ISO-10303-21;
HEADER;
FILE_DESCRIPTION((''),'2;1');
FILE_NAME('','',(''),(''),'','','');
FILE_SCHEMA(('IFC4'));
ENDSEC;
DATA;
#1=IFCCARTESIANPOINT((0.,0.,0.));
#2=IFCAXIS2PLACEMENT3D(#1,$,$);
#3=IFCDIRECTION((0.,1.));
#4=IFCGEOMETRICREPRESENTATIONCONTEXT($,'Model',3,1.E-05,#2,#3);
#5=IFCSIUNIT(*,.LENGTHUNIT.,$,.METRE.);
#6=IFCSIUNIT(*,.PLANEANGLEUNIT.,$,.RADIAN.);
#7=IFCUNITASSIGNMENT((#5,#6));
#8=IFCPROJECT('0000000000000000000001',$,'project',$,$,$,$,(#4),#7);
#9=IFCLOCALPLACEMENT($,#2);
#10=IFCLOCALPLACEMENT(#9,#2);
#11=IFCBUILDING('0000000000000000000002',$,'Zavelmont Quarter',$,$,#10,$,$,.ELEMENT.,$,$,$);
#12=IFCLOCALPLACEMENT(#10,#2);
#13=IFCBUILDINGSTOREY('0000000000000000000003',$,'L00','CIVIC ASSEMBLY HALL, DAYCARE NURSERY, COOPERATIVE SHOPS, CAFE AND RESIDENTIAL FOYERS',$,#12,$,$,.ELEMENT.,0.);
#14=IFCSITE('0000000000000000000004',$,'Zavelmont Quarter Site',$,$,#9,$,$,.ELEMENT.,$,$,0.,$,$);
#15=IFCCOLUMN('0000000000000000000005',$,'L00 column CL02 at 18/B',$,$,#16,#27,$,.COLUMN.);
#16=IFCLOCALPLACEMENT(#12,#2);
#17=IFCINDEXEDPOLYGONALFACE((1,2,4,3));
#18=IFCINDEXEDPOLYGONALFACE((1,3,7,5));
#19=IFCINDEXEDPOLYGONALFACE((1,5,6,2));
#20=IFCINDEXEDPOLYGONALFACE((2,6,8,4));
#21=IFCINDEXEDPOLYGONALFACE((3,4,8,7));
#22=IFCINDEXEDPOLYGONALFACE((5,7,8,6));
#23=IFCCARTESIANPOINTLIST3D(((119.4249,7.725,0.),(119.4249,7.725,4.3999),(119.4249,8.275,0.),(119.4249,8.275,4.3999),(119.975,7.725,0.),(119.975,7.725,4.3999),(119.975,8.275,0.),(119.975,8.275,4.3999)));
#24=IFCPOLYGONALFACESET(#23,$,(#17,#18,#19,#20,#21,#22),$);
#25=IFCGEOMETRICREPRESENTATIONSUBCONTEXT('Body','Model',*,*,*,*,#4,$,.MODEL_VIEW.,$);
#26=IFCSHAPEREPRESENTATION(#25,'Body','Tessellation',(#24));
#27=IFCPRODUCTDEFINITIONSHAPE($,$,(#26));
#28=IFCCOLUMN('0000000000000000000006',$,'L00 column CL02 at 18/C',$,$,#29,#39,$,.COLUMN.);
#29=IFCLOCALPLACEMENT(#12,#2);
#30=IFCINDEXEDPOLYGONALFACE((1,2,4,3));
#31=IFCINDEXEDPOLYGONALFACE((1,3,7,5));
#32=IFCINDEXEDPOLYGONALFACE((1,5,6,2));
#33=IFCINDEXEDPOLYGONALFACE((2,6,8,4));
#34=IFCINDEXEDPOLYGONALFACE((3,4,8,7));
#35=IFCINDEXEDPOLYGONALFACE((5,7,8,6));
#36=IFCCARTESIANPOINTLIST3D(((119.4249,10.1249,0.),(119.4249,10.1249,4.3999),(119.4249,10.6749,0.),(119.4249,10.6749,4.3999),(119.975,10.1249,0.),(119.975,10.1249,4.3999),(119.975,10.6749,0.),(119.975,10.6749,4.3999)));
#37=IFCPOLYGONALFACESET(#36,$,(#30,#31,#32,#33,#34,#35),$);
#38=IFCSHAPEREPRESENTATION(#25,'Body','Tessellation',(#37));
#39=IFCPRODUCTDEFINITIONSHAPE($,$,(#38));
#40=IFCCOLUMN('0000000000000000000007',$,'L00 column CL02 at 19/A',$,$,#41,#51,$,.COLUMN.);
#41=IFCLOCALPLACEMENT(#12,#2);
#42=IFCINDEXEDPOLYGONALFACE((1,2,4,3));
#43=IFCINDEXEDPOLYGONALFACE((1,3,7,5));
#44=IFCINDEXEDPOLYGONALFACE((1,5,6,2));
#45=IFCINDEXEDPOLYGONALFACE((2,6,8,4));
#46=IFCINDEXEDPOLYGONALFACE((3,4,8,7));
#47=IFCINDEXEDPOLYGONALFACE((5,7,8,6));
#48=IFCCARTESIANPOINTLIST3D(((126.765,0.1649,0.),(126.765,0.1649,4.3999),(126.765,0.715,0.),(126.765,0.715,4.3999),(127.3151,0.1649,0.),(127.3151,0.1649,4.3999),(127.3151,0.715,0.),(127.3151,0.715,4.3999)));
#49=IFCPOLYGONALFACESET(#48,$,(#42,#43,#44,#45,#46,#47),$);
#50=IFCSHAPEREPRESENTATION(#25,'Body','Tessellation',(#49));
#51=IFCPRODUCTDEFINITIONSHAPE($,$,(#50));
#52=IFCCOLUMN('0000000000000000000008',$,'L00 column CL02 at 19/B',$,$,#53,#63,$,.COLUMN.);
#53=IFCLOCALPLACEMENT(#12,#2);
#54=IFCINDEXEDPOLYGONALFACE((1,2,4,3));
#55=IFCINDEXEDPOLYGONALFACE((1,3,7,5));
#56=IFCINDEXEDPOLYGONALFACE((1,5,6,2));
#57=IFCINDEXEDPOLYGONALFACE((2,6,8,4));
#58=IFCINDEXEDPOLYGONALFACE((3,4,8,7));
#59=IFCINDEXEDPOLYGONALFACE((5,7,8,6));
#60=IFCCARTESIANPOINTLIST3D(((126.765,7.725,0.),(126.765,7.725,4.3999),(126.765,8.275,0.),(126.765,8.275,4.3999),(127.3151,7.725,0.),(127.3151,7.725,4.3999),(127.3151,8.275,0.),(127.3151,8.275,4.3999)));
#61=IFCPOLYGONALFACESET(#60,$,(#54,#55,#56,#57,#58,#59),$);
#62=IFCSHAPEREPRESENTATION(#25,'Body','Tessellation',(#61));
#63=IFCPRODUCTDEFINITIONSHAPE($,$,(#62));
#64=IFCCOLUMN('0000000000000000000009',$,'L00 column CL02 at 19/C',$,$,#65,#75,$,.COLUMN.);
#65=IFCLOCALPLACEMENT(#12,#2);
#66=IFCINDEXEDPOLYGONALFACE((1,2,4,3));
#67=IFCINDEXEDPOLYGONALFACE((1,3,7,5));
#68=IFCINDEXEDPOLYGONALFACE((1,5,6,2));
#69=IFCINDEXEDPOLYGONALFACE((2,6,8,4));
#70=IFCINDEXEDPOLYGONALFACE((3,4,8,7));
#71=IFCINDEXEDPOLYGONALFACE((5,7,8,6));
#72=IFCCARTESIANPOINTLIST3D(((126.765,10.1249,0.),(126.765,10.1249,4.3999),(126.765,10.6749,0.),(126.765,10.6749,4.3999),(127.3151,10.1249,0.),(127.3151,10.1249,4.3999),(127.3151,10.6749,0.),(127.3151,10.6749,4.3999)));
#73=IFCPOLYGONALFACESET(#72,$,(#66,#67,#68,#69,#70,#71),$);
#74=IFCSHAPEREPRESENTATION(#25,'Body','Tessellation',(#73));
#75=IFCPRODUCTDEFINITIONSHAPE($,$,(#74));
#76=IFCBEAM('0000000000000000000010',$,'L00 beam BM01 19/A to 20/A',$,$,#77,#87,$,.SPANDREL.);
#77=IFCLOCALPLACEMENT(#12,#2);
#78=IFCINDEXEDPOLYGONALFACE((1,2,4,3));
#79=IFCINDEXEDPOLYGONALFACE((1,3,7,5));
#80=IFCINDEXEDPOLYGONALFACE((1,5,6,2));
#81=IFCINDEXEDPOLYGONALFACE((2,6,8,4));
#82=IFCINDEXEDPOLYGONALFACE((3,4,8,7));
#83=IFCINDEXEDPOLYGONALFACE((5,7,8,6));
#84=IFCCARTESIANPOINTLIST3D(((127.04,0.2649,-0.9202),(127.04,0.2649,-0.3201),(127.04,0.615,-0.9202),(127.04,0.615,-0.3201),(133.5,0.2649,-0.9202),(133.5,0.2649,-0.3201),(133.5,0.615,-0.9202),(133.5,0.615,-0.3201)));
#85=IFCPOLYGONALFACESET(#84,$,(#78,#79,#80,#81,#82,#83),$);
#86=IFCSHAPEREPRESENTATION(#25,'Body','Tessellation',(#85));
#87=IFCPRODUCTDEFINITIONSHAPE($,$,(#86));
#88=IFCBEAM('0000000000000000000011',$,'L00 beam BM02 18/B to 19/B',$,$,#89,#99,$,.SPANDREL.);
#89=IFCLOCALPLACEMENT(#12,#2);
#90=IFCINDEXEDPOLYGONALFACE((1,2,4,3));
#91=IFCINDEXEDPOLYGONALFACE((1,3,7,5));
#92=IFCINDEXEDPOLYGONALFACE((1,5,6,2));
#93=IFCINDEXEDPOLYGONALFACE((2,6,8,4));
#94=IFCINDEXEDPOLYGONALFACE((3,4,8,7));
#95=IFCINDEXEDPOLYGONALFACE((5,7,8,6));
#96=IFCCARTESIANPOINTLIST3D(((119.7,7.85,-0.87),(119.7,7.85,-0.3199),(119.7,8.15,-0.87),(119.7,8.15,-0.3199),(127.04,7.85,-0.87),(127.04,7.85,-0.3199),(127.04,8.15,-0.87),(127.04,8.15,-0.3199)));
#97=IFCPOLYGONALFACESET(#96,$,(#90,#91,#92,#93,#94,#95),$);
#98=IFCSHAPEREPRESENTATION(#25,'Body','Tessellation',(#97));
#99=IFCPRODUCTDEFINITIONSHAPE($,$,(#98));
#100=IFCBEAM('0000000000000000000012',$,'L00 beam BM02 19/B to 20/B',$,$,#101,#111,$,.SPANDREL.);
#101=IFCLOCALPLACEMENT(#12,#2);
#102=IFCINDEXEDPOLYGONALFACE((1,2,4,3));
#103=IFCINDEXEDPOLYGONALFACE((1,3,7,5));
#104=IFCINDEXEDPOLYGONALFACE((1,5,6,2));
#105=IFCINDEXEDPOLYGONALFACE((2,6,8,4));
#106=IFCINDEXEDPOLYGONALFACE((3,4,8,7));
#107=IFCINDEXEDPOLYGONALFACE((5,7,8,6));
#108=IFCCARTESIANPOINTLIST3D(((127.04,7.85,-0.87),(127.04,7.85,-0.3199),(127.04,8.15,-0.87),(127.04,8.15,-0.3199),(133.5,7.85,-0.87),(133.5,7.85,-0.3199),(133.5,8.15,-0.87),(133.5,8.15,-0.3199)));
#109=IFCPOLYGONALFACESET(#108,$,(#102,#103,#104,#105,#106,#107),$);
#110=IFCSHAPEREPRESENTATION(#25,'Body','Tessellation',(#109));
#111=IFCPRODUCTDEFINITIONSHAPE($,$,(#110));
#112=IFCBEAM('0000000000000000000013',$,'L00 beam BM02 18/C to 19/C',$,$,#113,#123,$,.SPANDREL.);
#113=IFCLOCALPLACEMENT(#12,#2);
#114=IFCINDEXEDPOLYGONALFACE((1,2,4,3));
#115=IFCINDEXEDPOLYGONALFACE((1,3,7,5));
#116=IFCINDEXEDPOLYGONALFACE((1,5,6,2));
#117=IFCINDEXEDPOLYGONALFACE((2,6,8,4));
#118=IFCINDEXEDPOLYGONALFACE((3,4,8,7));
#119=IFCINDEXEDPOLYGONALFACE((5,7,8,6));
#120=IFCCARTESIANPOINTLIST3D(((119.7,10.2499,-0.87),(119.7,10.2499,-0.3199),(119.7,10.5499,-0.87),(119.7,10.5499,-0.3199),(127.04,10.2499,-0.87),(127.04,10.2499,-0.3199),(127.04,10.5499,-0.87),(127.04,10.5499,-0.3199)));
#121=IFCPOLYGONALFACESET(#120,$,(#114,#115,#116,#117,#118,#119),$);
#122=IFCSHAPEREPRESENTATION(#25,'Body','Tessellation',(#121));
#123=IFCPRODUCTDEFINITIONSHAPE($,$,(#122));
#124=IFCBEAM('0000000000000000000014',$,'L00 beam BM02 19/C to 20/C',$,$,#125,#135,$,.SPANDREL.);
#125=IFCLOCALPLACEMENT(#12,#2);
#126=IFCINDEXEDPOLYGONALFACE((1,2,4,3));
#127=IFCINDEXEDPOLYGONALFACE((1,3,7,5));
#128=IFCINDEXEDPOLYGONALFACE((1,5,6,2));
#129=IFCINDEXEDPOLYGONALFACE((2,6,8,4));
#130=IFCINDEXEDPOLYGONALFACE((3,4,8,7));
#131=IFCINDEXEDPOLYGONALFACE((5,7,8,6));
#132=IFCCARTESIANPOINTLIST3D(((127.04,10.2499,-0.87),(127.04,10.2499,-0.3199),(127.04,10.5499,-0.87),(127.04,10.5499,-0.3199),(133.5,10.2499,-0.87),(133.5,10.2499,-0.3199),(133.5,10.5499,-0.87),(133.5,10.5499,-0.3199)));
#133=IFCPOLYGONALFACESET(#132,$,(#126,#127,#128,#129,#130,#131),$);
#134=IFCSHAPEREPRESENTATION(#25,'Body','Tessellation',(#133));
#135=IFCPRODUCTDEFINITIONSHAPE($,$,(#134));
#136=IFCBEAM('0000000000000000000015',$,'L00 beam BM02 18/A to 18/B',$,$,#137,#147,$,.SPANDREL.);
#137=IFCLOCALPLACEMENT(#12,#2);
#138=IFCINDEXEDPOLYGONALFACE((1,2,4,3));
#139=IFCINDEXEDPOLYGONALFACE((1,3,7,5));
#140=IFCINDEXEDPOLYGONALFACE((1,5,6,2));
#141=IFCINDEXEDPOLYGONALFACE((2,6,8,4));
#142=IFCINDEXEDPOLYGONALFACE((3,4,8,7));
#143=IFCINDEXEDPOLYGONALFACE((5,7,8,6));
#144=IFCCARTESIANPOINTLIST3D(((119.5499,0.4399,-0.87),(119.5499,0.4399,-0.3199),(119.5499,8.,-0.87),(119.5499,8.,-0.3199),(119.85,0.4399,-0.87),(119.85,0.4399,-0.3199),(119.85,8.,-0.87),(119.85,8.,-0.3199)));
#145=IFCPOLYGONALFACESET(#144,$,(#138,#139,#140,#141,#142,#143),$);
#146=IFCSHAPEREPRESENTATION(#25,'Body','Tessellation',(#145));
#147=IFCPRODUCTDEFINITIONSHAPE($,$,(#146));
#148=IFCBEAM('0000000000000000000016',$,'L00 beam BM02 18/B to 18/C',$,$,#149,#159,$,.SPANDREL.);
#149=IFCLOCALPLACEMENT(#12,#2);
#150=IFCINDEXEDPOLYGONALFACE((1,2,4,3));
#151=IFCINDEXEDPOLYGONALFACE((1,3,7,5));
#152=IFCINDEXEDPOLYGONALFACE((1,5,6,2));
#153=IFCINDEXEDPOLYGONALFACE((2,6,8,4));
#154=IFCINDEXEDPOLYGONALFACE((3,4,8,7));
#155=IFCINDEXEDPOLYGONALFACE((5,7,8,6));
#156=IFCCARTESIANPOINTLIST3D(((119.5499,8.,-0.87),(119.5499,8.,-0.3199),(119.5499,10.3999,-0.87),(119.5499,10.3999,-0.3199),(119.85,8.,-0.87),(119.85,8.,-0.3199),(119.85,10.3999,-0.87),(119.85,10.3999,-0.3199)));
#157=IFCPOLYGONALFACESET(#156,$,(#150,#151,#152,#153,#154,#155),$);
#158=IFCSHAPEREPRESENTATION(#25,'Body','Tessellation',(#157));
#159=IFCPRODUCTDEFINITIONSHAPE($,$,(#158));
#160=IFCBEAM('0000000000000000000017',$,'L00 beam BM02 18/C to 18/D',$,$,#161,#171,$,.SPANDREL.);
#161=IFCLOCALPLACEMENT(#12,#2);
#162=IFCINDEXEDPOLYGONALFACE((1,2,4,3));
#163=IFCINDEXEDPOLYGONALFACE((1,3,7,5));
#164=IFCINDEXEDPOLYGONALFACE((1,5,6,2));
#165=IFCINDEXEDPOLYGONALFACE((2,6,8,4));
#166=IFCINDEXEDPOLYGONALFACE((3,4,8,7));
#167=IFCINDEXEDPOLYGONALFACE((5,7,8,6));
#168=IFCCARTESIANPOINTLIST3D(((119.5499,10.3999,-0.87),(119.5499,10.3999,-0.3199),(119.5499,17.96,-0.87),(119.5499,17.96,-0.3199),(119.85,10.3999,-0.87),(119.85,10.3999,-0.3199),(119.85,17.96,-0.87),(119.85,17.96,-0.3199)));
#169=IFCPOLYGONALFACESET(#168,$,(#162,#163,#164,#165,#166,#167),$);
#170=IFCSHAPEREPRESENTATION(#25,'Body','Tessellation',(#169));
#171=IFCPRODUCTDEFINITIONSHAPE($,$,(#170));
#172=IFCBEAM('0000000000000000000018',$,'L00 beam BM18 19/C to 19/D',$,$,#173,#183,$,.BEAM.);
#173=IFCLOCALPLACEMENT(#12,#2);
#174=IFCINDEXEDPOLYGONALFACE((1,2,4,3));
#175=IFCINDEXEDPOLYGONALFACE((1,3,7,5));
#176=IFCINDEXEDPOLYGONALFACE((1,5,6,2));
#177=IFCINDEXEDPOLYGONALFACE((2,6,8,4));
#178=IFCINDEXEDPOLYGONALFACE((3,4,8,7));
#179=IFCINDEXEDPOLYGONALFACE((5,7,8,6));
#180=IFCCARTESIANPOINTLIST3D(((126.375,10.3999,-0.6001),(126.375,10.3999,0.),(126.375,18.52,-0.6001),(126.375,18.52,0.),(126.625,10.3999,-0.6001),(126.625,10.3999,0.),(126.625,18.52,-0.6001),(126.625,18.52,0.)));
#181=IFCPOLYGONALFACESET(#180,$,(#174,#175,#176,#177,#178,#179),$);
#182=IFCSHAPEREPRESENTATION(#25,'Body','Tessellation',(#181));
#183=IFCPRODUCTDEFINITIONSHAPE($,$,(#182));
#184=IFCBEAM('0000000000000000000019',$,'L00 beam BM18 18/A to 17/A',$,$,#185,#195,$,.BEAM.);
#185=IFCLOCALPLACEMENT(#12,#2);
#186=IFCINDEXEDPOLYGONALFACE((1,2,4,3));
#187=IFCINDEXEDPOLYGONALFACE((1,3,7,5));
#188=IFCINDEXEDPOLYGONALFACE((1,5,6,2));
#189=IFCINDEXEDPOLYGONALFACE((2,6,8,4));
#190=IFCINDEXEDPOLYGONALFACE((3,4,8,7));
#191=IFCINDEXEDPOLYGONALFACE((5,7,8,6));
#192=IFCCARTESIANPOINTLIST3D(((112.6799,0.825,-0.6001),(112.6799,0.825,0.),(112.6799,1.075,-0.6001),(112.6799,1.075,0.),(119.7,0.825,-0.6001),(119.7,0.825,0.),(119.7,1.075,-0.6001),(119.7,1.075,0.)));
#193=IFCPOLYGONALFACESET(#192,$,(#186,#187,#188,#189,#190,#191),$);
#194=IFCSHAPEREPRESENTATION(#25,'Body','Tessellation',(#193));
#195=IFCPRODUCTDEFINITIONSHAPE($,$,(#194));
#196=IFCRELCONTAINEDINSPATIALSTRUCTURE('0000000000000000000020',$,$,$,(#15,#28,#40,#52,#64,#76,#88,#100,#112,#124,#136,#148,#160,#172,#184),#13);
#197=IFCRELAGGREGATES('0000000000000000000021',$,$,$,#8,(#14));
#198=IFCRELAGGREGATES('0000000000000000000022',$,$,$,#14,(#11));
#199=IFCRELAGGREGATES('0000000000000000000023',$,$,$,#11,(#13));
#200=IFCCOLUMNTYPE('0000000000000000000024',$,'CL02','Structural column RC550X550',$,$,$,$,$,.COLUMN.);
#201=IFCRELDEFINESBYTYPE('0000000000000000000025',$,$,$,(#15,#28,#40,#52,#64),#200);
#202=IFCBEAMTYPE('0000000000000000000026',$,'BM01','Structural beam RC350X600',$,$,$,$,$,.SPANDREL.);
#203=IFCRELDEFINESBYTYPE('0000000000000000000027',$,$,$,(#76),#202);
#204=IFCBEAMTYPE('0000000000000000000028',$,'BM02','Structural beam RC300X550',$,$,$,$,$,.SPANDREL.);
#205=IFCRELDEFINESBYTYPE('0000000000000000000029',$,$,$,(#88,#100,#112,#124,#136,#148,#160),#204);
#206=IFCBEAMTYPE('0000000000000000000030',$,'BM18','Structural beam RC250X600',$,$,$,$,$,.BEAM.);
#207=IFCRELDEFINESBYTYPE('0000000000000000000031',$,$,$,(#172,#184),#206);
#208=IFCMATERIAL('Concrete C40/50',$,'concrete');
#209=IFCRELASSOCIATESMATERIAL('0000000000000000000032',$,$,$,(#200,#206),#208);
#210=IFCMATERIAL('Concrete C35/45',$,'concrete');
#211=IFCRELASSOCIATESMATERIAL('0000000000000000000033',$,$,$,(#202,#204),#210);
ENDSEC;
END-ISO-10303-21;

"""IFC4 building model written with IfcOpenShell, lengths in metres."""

from ifc_helpers import new_model, si_unit, direction, frame, origin, origin_2d, place, context, subcontext, project, spatial, rectangle, extrude, material, material_profile, profile_set, type_object, element, save


model = new_model("IFC4")

# Units and contexts
model_context = context("Model", 3, precision=1e-05, world=origin(), true_north=direction((0.0, 1.0)))
body_context = subcontext(model_context, "Body", "Model", "MODEL_VIEW")
ifc_project = project(units=[si_unit("LENGTHUNIT", "METRE"), si_unit("PLANEANGLEUNIT", "RADIAN")], contexts=[model_context])

# Site, building, storey
site_placement = place(None, origin())
site = spatial("IfcSite", under=ifc_project, at=site_placement, Name="Zavelmont Quarter Site", CompositionType="ELEMENT", RefElevation=0.0)
building_placement = place(site_placement, origin())
building = spatial("IfcBuilding", under=site, at=building_placement, Name="Zavelmont Quarter", CompositionType="ELEMENT")
storey_placement = place(building_placement, origin())
storey = spatial("IfcBuildingStorey", under=building, at=storey_placement, Name="L00", Description="CIVIC ASSEMBLY HALL, DAYCARE NURSERY, COOPERATIVE SHOPS, CAFE AND RESIDENTIAL FOYERS", CompositionType="ELEMENT", Elevation=0.0)

# Columns
ifc_material_1 = material(Name="Concrete C40/50", Category="concrete")
ifc_material_profile_1 = material_profile(ifc_material_1, rectangle(XDim=0.55, YDim=0.55, at=origin_2d()), Name="RC550X550")
ifc_profile_set_1 = profile_set([ifc_material_profile_1], Name="Concrete C40/50")
column_type = type_object("IfcColumnType", Name="CL02", Description="Structural column RC550X550", PredefinedType="COLUMN", material=ifc_profile_set_1)
for number, where, z_axis, x_axis, name in (
    (1, (119.7, 8.0, 0.0), (0.0, 0.0, 1.0), (1.0, 0.0, 0.0), "L00 column CL02 at 18/B"),
    (2, (119.7, 10.3999, 0.0), (0.0, 0.0, 1.0), (1.0, 0.0, 0.0), "L00 column CL02 at 18/C"),
    (3, (127.04, 0.4399, 0.0), (0.0, 0.0, 1.0), (1.0, 0.0, 0.0), "L00 column CL02 at 19/A"),
    (4, (127.04, 8.0, 0.0), (0.0, 0.0, 1.0), (1.0, 0.0, 0.0), "L00 column CL02 at 19/B"),
    (5, (127.04, 10.3999, 0.0), (0.0, 0.0, 1.0), (1.0, 0.0, 0.0), "L00 column CL02 at 19/C"),
):
    element("IfcColumn", number, at=place(storey_placement, frame(where, z_axis=z_axis, x_axis=x_axis)), inside=storey, type_object=column_type, Name=name, PredefinedType="COLUMN", context=body_context, shape_type="SweptSolid", body=[
        extrude(rectangle(XDim=0.55, YDim=0.55, at=origin_2d()), origin(), (0.0, 0.0, 1.0), 4.3999),
    ])

# Beams
ifc_material_2 = material(Name="Concrete C35/45", Category="concrete")
ifc_material_profile_2 = material_profile(ifc_material_2, rectangle(XDim=0.3501, YDim=0.6001, at=origin_2d()), Name="RC350X600")
ifc_profile_set_2 = profile_set([ifc_material_profile_2], Name="Concrete C35/45")
beam_type_1 = type_object("IfcBeamType", Name="BM01", Description="Structural beam RC350X600", PredefinedType="SPANDREL", material=ifc_profile_set_2)
beam_1_placement = place(storey_placement, frame((127.04, 0.4399, -0.6201), z_axis=(1.0, 0.0, 0.0), x_axis=(0.0, 1.0, 0.0)))
element("IfcBeam", 6, at=beam_1_placement, inside=storey, type_object=beam_type_1, Name="L00 beam BM01 19/A to 20/A", PredefinedType="SPANDREL", context=body_context, shape_type="SweptSolid", body=[
    extrude(rectangle(XDim=0.3501, YDim=0.6001, at=origin_2d()), origin(), (0.0, 0.0, 1.0), 6.46),
])
ifc_material_profile_3 = material_profile(ifc_material_2, rectangle(XDim=0.3, YDim=0.55, at=origin_2d()), Name="RC300X550")
ifc_profile_set_3 = profile_set([ifc_material_profile_3], Name="Concrete C35/45")
beam_type_2 = type_object("IfcBeamType", Name="BM02", Description="Structural beam RC300X550", PredefinedType="SPANDREL", material=ifc_profile_set_3)
beam_2_placement = place(storey_placement, frame((119.7, 8.0, -0.595), z_axis=(1.0, 0.0, 0.0), x_axis=(0.0, 1.0, 0.0)))
element("IfcBeam", 7, at=beam_2_placement, inside=storey, type_object=beam_type_2, Name="L00 beam BM02 18/B to 19/B", PredefinedType="SPANDREL", context=body_context, shape_type="SweptSolid", body=[
    extrude(rectangle(XDim=0.3, YDim=0.55, at=origin_2d()), origin(), (0.0, 0.0, 1.0), 7.3401),
])
beam_3_placement = place(storey_placement, frame((127.04, 8.0, -0.595), z_axis=(1.0, 0.0, 0.0), x_axis=(0.0, 1.0, 0.0)))
element("IfcBeam", 8, at=beam_3_placement, inside=storey, type_object=beam_type_2, Name="L00 beam BM02 19/B to 20/B", PredefinedType="SPANDREL", context=body_context, shape_type="SweptSolid", body=[
    extrude(rectangle(XDim=0.3, YDim=0.55, at=origin_2d()), origin(), (0.0, 0.0, 1.0), 6.46),
])
beam_4_placement = place(storey_placement, frame((119.7, 10.3999, -0.595), z_axis=(1.0, 0.0, 0.0), x_axis=(0.0, 1.0, 0.0)))
element("IfcBeam", 9, at=beam_4_placement, inside=storey, type_object=beam_type_2, Name="L00 beam BM02 18/C to 19/C", PredefinedType="SPANDREL", context=body_context, shape_type="SweptSolid", body=[
    extrude(rectangle(XDim=0.3, YDim=0.55, at=origin_2d()), origin(), (0.0, 0.0, 1.0), 7.3401),
])
beam_5_placement = place(storey_placement, frame((127.04, 10.3999, -0.595), z_axis=(1.0, 0.0, 0.0), x_axis=(0.0, 1.0, 0.0)))
element("IfcBeam", 10, at=beam_5_placement, inside=storey, type_object=beam_type_2, Name="L00 beam BM02 19/C to 20/C", PredefinedType="SPANDREL", context=body_context, shape_type="SweptSolid", body=[
    extrude(rectangle(XDim=0.3, YDim=0.55, at=origin_2d()), origin(), (0.0, 0.0, 1.0), 6.46),
])
beam_6_placement = place(storey_placement, frame((119.7, 0.4399, -0.595), z_axis=(0.0, 1.0, 0.0), x_axis=(-1.0, 0.0, 0.0)))
element("IfcBeam", 11, at=beam_6_placement, inside=storey, type_object=beam_type_2, Name="L00 beam BM02 18/A to 18/B", PredefinedType="SPANDREL", context=body_context, shape_type="SweptSolid", body=[
    extrude(rectangle(XDim=0.3, YDim=0.55, at=origin_2d()), origin(), (0.0, 0.0, 1.0), 7.5601),
])
beam_7_placement = place(storey_placement, frame((119.7, 8.0, -0.595), z_axis=(0.0, 1.0, 0.0), x_axis=(-1.0, 0.0, 0.0)))
element("IfcBeam", 12, at=beam_7_placement, inside=storey, type_object=beam_type_2, Name="L00 beam BM02 18/B to 18/C", PredefinedType="SPANDREL", context=body_context, shape_type="SweptSolid", body=[
    extrude(rectangle(XDim=0.3, YDim=0.55, at=origin_2d()), origin(), (0.0, 0.0, 1.0), 2.3999),
])
beam_8_placement = place(storey_placement, frame((119.7, 10.3999, -0.595), z_axis=(0.0, 1.0, 0.0), x_axis=(-1.0, 0.0, 0.0)))
element("IfcBeam", 13, at=beam_8_placement, inside=storey, type_object=beam_type_2, Name="L00 beam BM02 18/C to 18/D", PredefinedType="SPANDREL", context=body_context, shape_type="SweptSolid", body=[
    extrude(rectangle(XDim=0.3, YDim=0.55, at=origin_2d()), origin(), (0.0, 0.0, 1.0), 7.5601),
])
ifc_material_profile_4 = material_profile(ifc_material_1, rectangle(XDim=0.25, YDim=0.6001, at=origin_2d()), Name="RC250X600")
ifc_profile_set_4 = profile_set([ifc_material_profile_4], Name="Concrete C40/50")
beam_type_3 = type_object("IfcBeamType", Name="BM18", Description="Structural beam RC250X600", PredefinedType="BEAM", material=ifc_profile_set_4)
beam_9_placement = place(storey_placement, frame((126.5, 10.3999, -0.3), z_axis=(0.0, 1.0, 0.0), x_axis=(-1.0, 0.0, 0.0)))
element("IfcBeam", 14, at=beam_9_placement, inside=storey, type_object=beam_type_3, Name="L00 beam BM18 19/C to 19/D", PredefinedType="BEAM", context=body_context, shape_type="SweptSolid", body=[
    extrude(rectangle(XDim=0.25, YDim=0.6001, at=origin_2d()), origin(), (0.0, 0.0, 1.0), 8.1201),
])
beam_10_placement = place(storey_placement, frame((119.7, 0.95, -0.3), z_axis=(-1.0, 0.0, 0.0), x_axis=(0.0, -1.0, 0.0)))
element("IfcBeam", 15, at=beam_10_placement, inside=storey, type_object=beam_type_3, Name="L00 beam BM18 18/A to 17/A", PredefinedType="BEAM", context=body_context, shape_type="SweptSolid", body=[
    extrude(rectangle(XDim=0.25, YDim=0.6001, at=origin_2d()), origin(), (0.0, 0.0, 1.0), 7.02),
])

save(model, "model.ifc")
